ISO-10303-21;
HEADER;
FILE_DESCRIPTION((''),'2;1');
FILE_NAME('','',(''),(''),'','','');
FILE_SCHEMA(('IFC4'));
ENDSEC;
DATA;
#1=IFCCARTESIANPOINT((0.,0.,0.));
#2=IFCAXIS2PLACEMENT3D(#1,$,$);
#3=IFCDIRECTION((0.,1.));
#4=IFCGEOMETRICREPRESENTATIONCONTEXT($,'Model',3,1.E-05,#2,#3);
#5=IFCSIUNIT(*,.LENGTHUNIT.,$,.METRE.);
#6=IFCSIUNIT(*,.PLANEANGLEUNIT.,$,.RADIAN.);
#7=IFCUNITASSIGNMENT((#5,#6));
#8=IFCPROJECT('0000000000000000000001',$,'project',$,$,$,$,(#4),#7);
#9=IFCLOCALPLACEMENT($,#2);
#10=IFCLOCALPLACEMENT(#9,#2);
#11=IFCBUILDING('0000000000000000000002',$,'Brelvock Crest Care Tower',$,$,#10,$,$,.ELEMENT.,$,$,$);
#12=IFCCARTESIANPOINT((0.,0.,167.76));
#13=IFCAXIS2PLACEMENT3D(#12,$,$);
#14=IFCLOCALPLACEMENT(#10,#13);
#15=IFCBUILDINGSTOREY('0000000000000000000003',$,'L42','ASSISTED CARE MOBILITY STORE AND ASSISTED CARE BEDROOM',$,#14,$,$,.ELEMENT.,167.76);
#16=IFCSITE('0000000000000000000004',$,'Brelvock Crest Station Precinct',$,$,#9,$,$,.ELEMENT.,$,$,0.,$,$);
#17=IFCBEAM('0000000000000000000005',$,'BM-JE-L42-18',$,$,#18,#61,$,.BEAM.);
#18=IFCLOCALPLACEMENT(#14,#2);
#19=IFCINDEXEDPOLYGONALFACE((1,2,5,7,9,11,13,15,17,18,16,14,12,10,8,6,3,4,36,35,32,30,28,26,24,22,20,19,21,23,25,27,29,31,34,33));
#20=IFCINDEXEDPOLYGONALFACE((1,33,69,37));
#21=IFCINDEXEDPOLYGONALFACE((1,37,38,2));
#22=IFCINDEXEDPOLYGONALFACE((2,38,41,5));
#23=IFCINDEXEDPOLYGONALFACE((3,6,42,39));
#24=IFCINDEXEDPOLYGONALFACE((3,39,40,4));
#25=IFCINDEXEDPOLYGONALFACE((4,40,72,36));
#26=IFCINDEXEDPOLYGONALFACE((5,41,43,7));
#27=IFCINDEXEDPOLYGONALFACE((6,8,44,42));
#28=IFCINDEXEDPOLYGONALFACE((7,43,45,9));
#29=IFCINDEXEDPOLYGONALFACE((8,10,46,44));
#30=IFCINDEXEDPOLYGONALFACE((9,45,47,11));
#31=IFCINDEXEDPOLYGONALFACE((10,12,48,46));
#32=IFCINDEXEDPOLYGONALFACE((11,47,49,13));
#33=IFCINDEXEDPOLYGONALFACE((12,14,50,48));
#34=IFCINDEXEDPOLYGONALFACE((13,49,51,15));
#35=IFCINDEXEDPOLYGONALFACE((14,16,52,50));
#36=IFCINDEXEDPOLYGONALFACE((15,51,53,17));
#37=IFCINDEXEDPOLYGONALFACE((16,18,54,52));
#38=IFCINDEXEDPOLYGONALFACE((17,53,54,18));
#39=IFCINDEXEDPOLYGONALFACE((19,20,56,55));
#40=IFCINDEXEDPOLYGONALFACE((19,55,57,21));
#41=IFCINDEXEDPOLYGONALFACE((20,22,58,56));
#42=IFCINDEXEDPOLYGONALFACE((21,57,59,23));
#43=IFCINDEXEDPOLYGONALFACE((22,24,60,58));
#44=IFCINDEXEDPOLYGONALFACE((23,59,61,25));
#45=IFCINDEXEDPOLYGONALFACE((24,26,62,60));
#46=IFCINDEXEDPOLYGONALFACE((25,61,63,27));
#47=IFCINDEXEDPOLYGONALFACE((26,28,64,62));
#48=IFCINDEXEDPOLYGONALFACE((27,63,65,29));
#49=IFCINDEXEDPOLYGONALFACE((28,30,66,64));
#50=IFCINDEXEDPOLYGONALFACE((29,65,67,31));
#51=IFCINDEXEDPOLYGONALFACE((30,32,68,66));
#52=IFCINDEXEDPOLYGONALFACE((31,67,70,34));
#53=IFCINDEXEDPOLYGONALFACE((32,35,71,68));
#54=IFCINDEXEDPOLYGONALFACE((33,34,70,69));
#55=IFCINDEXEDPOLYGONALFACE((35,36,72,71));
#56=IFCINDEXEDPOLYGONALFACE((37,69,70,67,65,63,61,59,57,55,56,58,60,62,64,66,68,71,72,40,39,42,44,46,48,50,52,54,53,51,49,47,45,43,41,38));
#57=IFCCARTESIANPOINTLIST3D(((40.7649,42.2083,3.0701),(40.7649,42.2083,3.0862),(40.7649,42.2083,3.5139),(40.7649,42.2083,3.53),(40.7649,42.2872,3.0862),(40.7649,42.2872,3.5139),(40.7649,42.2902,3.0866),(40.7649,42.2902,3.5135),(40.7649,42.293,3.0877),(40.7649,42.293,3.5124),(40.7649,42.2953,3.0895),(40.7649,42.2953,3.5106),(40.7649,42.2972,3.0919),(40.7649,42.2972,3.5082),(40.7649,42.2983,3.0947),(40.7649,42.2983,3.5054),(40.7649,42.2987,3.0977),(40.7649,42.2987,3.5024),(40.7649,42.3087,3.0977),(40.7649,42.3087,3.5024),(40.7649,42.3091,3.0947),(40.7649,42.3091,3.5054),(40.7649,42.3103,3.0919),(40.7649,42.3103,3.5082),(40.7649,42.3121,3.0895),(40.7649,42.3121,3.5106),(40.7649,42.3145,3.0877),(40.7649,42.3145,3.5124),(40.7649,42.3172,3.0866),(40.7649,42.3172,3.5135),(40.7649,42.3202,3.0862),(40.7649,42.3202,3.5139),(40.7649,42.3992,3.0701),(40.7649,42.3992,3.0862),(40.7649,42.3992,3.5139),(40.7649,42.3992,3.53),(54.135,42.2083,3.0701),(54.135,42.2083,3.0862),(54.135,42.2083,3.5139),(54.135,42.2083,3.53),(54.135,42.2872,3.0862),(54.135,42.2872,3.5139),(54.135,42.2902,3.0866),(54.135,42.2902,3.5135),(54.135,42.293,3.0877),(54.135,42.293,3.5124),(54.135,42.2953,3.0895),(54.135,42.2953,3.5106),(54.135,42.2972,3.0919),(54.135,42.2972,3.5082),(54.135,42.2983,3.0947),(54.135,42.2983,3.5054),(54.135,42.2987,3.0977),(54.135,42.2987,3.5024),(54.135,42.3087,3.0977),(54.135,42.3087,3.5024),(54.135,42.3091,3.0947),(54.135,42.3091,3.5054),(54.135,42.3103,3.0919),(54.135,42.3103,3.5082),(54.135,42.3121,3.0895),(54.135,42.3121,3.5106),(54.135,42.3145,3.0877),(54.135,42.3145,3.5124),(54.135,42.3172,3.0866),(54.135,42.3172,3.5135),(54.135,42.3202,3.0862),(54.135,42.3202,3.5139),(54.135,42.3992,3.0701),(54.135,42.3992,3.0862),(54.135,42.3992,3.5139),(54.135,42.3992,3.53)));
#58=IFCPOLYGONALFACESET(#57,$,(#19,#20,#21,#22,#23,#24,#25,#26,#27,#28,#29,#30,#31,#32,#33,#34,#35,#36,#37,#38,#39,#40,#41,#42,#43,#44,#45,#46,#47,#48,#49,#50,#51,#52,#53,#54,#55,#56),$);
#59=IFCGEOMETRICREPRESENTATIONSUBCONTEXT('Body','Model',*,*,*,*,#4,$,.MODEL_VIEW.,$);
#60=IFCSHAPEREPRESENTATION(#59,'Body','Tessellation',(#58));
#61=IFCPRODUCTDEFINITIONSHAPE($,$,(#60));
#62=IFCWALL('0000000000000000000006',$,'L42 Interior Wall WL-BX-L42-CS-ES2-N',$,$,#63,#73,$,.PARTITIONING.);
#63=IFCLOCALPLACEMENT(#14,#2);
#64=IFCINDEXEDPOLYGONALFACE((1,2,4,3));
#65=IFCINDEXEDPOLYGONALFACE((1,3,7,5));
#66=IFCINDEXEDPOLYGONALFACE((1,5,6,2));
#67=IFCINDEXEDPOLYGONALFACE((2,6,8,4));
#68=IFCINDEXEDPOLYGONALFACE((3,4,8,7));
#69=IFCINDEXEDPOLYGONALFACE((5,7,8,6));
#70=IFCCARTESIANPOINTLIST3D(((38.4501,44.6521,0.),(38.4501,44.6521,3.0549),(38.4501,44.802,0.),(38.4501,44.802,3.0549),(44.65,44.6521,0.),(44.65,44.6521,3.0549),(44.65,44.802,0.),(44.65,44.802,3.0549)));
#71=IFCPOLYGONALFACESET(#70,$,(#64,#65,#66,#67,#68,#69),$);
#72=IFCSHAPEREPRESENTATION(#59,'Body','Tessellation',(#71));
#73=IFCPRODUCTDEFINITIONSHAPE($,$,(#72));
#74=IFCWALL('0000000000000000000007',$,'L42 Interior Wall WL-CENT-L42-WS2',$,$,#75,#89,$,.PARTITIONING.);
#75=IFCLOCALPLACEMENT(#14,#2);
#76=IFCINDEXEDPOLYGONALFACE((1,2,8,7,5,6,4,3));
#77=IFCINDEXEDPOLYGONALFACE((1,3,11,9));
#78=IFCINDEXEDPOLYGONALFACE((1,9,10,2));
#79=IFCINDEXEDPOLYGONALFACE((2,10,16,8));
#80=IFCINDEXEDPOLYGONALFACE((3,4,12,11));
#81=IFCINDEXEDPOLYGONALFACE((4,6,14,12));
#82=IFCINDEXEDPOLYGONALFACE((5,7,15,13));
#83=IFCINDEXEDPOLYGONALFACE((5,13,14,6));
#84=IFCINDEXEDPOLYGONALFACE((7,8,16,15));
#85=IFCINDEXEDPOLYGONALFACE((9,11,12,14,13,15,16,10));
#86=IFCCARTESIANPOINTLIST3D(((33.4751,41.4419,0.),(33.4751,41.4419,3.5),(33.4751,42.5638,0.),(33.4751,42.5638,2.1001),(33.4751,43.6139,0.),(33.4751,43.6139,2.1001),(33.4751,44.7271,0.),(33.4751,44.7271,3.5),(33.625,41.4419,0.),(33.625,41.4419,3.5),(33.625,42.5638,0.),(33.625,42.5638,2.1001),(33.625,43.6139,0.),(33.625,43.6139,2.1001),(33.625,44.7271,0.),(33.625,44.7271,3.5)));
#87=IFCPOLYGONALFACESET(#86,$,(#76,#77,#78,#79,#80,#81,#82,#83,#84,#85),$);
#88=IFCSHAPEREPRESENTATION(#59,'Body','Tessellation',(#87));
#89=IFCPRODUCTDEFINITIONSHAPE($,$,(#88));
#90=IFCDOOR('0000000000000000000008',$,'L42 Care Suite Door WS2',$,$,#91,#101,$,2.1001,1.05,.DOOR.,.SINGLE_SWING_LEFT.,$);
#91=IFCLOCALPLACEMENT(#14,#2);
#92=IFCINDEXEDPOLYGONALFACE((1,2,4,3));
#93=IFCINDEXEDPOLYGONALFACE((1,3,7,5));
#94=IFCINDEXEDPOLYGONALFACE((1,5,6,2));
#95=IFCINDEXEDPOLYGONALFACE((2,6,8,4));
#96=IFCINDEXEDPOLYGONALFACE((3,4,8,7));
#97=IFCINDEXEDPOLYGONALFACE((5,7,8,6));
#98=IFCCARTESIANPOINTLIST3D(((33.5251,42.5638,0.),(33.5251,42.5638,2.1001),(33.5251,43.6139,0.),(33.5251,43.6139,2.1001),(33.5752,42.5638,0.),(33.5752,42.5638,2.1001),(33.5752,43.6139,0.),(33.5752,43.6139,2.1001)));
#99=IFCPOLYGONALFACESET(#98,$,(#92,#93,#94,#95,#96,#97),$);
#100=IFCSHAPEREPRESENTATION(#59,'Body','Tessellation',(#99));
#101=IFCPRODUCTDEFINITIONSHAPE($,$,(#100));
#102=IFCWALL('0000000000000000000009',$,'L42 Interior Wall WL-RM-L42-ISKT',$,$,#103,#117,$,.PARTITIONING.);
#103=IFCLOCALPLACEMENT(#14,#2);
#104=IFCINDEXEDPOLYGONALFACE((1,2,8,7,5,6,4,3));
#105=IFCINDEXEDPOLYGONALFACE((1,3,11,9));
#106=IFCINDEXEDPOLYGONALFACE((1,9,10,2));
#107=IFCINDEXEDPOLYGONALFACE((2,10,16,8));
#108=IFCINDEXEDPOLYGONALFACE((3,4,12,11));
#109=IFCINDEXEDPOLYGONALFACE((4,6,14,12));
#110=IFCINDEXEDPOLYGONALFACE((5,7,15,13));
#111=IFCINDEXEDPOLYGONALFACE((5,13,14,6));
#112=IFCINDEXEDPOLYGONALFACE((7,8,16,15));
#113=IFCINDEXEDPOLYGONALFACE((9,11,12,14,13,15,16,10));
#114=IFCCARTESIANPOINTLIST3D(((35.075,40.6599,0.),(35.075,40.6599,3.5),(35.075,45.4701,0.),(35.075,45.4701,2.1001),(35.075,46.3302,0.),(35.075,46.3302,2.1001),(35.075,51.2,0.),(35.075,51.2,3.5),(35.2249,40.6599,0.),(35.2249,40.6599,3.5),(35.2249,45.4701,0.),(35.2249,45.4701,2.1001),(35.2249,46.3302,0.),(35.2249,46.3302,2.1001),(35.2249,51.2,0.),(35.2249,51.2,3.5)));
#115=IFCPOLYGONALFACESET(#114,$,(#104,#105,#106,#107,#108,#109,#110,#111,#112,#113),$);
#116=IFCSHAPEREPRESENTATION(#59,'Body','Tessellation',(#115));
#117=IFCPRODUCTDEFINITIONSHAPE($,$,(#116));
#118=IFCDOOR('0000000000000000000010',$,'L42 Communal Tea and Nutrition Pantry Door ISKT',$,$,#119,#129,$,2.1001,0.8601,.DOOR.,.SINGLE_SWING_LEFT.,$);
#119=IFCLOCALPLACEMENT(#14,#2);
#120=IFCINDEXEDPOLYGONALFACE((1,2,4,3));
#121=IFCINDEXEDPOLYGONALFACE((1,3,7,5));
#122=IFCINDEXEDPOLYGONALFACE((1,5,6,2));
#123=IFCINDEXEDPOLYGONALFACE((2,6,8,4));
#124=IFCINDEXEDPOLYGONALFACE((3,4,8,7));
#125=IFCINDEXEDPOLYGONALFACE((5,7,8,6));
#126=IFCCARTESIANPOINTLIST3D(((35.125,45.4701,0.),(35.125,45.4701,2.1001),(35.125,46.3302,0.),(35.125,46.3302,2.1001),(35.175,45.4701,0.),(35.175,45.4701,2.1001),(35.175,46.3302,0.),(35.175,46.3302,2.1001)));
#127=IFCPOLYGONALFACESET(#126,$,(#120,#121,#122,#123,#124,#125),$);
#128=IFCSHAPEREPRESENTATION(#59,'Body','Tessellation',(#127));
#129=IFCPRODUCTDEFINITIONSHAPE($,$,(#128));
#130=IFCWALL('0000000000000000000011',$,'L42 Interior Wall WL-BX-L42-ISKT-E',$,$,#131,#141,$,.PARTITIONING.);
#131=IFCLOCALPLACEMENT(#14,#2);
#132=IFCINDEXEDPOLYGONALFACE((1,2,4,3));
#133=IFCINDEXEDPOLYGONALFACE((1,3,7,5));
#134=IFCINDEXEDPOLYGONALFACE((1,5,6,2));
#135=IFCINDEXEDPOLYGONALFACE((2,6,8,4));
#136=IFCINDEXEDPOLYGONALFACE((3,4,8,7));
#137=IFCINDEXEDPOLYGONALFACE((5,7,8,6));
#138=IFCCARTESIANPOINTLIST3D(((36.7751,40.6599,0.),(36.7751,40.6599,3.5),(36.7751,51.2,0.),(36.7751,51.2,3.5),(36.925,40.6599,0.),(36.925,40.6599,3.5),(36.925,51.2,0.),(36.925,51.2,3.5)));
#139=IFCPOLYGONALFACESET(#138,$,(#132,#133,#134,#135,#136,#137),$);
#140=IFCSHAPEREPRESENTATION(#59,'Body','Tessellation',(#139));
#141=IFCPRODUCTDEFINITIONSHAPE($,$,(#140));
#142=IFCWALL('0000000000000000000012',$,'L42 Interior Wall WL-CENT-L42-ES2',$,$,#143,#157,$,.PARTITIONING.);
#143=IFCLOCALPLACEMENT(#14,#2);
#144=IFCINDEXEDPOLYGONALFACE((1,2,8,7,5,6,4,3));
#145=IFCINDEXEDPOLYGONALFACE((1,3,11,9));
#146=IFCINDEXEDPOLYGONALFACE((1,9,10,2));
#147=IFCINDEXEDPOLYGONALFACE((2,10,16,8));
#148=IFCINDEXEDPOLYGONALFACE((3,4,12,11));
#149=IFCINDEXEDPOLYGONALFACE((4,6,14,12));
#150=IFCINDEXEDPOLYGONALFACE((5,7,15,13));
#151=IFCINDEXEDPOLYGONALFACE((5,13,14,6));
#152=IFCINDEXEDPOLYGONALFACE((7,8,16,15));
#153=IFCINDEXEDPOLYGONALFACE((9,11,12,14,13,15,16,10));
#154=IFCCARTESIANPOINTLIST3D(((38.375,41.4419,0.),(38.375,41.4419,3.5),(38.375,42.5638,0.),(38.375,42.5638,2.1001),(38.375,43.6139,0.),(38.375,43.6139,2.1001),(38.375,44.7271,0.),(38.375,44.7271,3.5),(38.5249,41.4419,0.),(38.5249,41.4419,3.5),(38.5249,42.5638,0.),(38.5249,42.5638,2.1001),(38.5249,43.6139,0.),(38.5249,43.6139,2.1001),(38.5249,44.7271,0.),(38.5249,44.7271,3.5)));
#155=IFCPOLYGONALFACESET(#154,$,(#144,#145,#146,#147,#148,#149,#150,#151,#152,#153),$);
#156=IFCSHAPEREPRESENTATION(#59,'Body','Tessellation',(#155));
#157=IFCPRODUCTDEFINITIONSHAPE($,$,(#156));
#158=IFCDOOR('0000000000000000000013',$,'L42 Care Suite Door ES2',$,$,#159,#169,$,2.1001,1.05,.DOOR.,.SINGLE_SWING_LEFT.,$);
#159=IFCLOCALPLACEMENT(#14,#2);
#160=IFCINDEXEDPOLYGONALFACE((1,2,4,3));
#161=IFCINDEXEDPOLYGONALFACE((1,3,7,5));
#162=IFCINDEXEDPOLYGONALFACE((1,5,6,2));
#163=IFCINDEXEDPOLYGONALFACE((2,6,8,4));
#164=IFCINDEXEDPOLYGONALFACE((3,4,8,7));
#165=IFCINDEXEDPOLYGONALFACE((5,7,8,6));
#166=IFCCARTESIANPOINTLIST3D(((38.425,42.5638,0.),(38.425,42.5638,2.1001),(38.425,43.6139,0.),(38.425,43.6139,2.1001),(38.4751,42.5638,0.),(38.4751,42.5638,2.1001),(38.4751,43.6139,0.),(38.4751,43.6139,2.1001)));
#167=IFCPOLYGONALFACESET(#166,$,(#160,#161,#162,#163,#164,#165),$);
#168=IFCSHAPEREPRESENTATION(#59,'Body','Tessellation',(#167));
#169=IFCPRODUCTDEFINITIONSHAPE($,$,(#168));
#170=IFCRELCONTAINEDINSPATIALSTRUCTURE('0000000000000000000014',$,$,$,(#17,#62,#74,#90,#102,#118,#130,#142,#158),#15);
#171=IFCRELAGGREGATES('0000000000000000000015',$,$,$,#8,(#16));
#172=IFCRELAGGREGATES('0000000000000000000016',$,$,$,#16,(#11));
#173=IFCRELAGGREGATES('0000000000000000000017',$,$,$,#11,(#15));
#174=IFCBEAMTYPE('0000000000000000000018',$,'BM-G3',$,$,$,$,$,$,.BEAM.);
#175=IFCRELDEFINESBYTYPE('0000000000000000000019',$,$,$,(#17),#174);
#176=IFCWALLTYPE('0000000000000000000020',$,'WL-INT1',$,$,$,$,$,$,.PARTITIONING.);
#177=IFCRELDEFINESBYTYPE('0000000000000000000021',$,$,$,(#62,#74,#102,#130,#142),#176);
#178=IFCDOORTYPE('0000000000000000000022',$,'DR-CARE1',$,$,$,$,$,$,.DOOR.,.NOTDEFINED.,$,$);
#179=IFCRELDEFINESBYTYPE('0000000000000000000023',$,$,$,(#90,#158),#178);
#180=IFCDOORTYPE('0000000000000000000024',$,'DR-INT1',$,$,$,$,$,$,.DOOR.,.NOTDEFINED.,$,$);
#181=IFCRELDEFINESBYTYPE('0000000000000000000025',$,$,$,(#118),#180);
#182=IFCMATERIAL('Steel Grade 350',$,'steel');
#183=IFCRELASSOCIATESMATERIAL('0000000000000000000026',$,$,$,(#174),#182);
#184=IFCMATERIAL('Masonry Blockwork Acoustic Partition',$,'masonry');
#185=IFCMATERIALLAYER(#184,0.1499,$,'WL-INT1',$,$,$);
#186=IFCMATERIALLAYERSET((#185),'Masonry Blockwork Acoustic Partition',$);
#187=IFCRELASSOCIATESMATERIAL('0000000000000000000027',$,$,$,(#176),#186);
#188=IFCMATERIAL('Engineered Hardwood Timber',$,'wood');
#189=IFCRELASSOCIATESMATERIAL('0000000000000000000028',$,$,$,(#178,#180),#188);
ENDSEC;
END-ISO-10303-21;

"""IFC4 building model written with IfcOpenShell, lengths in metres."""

from ifc_helpers import new_model, si_unit, direction, frame, frame_2d, origin, origin_2d, place, context, subcontext, project, spatial, rectangle, i_section, extrude, source, transform, mapped, material, layer, layer_set, material_profile, profile_set, type_object, element, fill, save


model = new_model("IFC4")

# Units and contexts
model_context = context("Model", 3, precision=1e-05, world=origin(), true_north=direction((0.0, 1.0)))
body_context = subcontext(model_context, "Body", "Model", "MODEL_VIEW")
ifc_project = project(units=[si_unit("LENGTHUNIT", "METRE"), si_unit("PLANEANGLEUNIT", "RADIAN")], contexts=[model_context])

# Site, building, storey
site_placement = place(None, origin())
site = spatial("IfcSite", under=ifc_project, at=site_placement, Name="Brelvock Crest Station Precinct", CompositionType="ELEMENT", RefElevation=0.0)
building_placement = place(site_placement, origin())
building = spatial("IfcBuilding", under=site, at=building_placement, Name="Brelvock Crest Care Tower", CompositionType="ELEMENT")
storey_placement = place(building_placement, frame((0.0, 0.0, 167.76)))
storey = spatial("IfcBuildingStorey", under=building, at=storey_placement, Name="L42", Description="ASSISTED CARE MOBILITY STORE AND ASSISTED CARE BEDROOM", CompositionType="ELEMENT", Elevation=167.76)

# Beam
ifc_material_1 = material(Name="Steel Grade 350", Category="steel")
ifc_material_profile_1 = material_profile(ifc_material_1, i_section(OverallWidth=0.1909, OverallDepth=0.46, WebThickness=0.01, FlangeThickness=0.0161, FilletRadius=0.0115, at=origin_2d()), Name="460UB82.1")
ifc_profile_set_1 = profile_set([ifc_material_profile_1], Name="Steel Grade 350")
beam_type_1 = type_object("IfcBeamType", Name="BM-G3", PredefinedType="BEAM", material=ifc_profile_set_1)
shared_shape_1 = source(origin(), body_context, "Body", "SweptSolid", [
    extrude(i_section(OverallWidth=0.1909, OverallDepth=0.46, WebThickness=0.01, FlangeThickness=0.0161, FilletRadius=0.0115, at=origin_2d()), origin(), (0.0, 0.0, 1.0), 13.3701),
])
for number, where, z_axis, x_axis, name in (
    (1, (40.7649, 42.3037, 3.3), (1.0, 0.0, 0.0), (0.0, 1.0, 0.0), "BM-JE-L42-18"),
):
    element("IfcBeam", number, at=place(storey_placement, frame(where, z_axis=z_axis, x_axis=x_axis)), inside=storey, type_object=beam_type_1, Name=name, PredefinedType="BEAM", context=body_context, shape_type="MappedRepresentation", body=[
        mapped(shared_shape_1, transform((0.0, 0.0, 0.0), x_axis=(1.0, 0.0, 0.0), y_axis=(0.0, 1.0, 0.0), z_axis=(0.0, 0.0, 1.0), scale=1.0)),
    ])

# Wall
ifc_material_2 = material(Name="Masonry Blockwork Acoustic Partition", Category="masonry")
ifc_layer_1 = layer(ifc_material_2, 0.1499, Name="WL-INT1")
ifc_layer_set_1 = layer_set([ifc_layer_1], Name="Masonry Blockwork Acoustic Partition")
wall_type_1 = type_object("IfcWallType", Name="WL-INT1", PredefinedType="PARTITIONING", material=ifc_layer_set_1)
wall_1_placement = place(storey_placement, frame((38.45, 44.7271, 0.0), z_axis=(0.0, 0.0, 1.0), x_axis=(1.0, 0.0, 0.0)))
element("IfcWall", 2, at=wall_1_placement, inside=storey, type_object=wall_type_1, Name="L42 Interior Wall WL-BX-L42-CS-ES2-N", PredefinedType="PARTITIONING", context=body_context, shape_type="SweptSolid", body=[
    extrude(rectangle(XDim=6.2, YDim=0.1499, at=frame_2d((3.1001, 0.0))), origin(), (0.0, 0.0, 1.0), 3.0549),
])

# Walls, openings, doors
wall_2_placement = place(storey_placement, frame((33.55, 41.4419, 0.0), z_axis=(0.0, 0.0, 1.0), x_axis=(0.0, 1.0, 0.0)))
wall_2 = element("IfcWall", 3, at=wall_2_placement, inside=storey, type_object=wall_type_1, Name="L42 Interior Wall WL-CENT-L42-WS2", PredefinedType="PARTITIONING", context=body_context, shape_type="SweptSolid", body=[
    extrude(rectangle(XDim=3.2852, YDim=0.1499, at=frame_2d((1.6426, 0.0))), origin(), (0.0, 0.0, 1.0), 3.5),
])
opening_1_placement = place(wall_2_placement, frame((1.1221, 0.0, 0.0)))
opening_1 = element("IfcOpeningElement", 4, at=opening_1_placement, cuts=wall_2, PredefinedType="OPENING", context=body_context, shape_type="SweptSolid", body=[
    extrude(rectangle(XDim=1.05, YDim=2.1001, at=origin_2d()), frame((0.5249, 0.085, 1.05), z_axis=(0.0, -1.0, 0.0), x_axis=(1.0, 0.0, 0.0)), (0.0, 0.0, 1.0), 0.1699),
])
ifc_material_3 = material(Name="Engineered Hardwood Timber", Category="wood")
door_type_1 = type_object("IfcDoorType", Name="DR-CARE1", OperationType="NOTDEFINED", PredefinedType="DOOR", material=ifc_material_3)
shared_shape_2 = source(origin(), body_context, "Body", "SweptSolid", [
    extrude(rectangle(XDim=1.05, YDim=2.1001, at=origin_2d()), frame((0.5249, 0.0249, 1.05), z_axis=(0.0, -1.0, 0.0), x_axis=(1.0, 0.0, 0.0)), (0.0, 0.0, 1.0), 0.05),
])
door_1_placement = place(opening_1_placement, origin())
door_1 = element("IfcDoor", 5, at=door_1_placement, inside=storey, type_object=door_type_1, Name="L42 Care Suite Door WS2", OperationType="SINGLE_SWING_LEFT", OverallHeight=2.1001, OverallWidth=1.05, PredefinedType="DOOR", context=body_context, shape_type="MappedRepresentation", body=[
    mapped(shared_shape_2, transform((0.0, 0.0, 0.0), x_axis=(1.0, 0.0, 0.0), y_axis=(0.0, 1.0, 0.0), z_axis=(0.0, 0.0, 1.0), scale=1.0)),
])
fill(opening_1, door_1)
wall_3_placement = place(storey_placement, frame((35.1499, 40.6599, 0.0), z_axis=(0.0, 0.0, 1.0), x_axis=(0.0, 1.0, 0.0)))
wall_3 = element("IfcWall", 6, at=wall_3_placement, inside=storey, type_object=wall_type_1, Name="L42 Interior Wall WL-RM-L42-ISKT", PredefinedType="PARTITIONING", context=body_context, shape_type="SweptSolid", body=[
    extrude(rectangle(XDim=10.54, YDim=0.1499, at=frame_2d((5.27, 0.0))), origin(), (0.0, 0.0, 1.0), 3.5),
])
opening_2_placement = place(wall_3_placement, frame((4.8101, 0.0, 0.0)))
opening_2 = element("IfcOpeningElement", 7, at=opening_2_placement, cuts=wall_3, PredefinedType="OPENING", context=body_context, shape_type="SweptSolid", body=[
    extrude(rectangle(XDim=0.8601, YDim=2.1001, at=origin_2d()), frame((0.4302, 0.085, 1.05), z_axis=(0.0, -1.0, 0.0), x_axis=(1.0, 0.0, 0.0)), (0.0, 0.0, 1.0), 0.1699),
])
door_type_2 = type_object("IfcDoorType", Name="DR-INT1", OperationType="NOTDEFINED", PredefinedType="DOOR", material=ifc_material_3)
shared_shape_3 = source(origin(), body_context, "Body", "SweptSolid", [
    extrude(rectangle(XDim=0.8601, YDim=2.1001, at=origin_2d()), frame((0.4302, 0.0249, 1.05), z_axis=(0.0, -1.0, 0.0), x_axis=(1.0, 0.0, 0.0)), (0.0, 0.0, 1.0), 0.05),
])
door_2_placement = place(opening_2_placement, origin())
door_2 = element("IfcDoor", 8, at=door_2_placement, inside=storey, type_object=door_type_2, Name="L42 Communal Tea and Nutrition Pantry Door ISKT", OperationType="SINGLE_SWING_LEFT", OverallHeight=2.1001, OverallWidth=0.8601, PredefinedType="DOOR", context=body_context, shape_type="MappedRepresentation", body=[
    mapped(shared_shape_3, transform((0.0, 0.0, 0.0), x_axis=(1.0, 0.0, 0.0), y_axis=(0.0, 1.0, 0.0), z_axis=(0.0, 0.0, 1.0), scale=1.0)),
])
fill(opening_2, door_2)

# Wall
wall_4_placement = place(storey_placement, frame((36.8501, 40.6599, 0.0), z_axis=(0.0, 0.0, 1.0), x_axis=(0.0, 1.0, 0.0)))
element("IfcWall", 9, at=wall_4_placement, inside=storey, type_object=wall_type_1, Name="L42 Interior Wall WL-BX-L42-ISKT-E", PredefinedType="PARTITIONING", context=body_context, shape_type="SweptSolid", body=[
    extrude(rectangle(XDim=10.54, YDim=0.1499, at=frame_2d((5.27, 0.0))), origin(), (0.0, 0.0, 1.0), 3.5),
])

# Wall, opening, door
wall_5_placement = place(storey_placement, frame((38.45, 41.4419, 0.0), z_axis=(0.0, 0.0, 1.0), x_axis=(0.0, 1.0, 0.0)))
wall_5 = element("IfcWall", 10, at=wall_5_placement, inside=storey, type_object=wall_type_1, Name="L42 Interior Wall WL-CENT-L42-ES2", PredefinedType="PARTITIONING", context=body_context, shape_type="SweptSolid", body=[
    extrude(rectangle(XDim=3.2852, YDim=0.1499, at=frame_2d((1.6426, 0.0))), origin(), (0.0, 0.0, 1.0), 3.5),
])
opening_3_placement = place(wall_5_placement, frame((1.1221, 0.0, 0.0)))
opening_3 = element("IfcOpeningElement", 11, at=opening_3_placement, cuts=wall_5, PredefinedType="OPENING", context=body_context, shape_type="SweptSolid", body=[
    extrude(rectangle(XDim=1.05, YDim=2.1001, at=origin_2d()), frame((0.5249, 0.085, 1.05), z_axis=(0.0, -1.0, 0.0), x_axis=(1.0, 0.0, 0.0)), (0.0, 0.0, 1.0), 0.1699),
])
door_3_placement = place(opening_3_placement, origin())
door_3 = element("IfcDoor", 12, at=door_3_placement, inside=storey, type_object=door_type_1, Name="L42 Care Suite Door ES2", OperationType="SINGLE_SWING_LEFT", OverallHeight=2.1001, OverallWidth=1.05, PredefinedType="DOOR", context=body_context, shape_type="MappedRepresentation", body=[
    mapped(shared_shape_2, transform((0.0, 0.0, 0.0), x_axis=(1.0, 0.0, 0.0), y_axis=(0.0, 1.0, 0.0), z_axis=(0.0, 0.0, 1.0), scale=1.0)),
])
fill(opening_3, door_3)

save(model, "model.ifc")
